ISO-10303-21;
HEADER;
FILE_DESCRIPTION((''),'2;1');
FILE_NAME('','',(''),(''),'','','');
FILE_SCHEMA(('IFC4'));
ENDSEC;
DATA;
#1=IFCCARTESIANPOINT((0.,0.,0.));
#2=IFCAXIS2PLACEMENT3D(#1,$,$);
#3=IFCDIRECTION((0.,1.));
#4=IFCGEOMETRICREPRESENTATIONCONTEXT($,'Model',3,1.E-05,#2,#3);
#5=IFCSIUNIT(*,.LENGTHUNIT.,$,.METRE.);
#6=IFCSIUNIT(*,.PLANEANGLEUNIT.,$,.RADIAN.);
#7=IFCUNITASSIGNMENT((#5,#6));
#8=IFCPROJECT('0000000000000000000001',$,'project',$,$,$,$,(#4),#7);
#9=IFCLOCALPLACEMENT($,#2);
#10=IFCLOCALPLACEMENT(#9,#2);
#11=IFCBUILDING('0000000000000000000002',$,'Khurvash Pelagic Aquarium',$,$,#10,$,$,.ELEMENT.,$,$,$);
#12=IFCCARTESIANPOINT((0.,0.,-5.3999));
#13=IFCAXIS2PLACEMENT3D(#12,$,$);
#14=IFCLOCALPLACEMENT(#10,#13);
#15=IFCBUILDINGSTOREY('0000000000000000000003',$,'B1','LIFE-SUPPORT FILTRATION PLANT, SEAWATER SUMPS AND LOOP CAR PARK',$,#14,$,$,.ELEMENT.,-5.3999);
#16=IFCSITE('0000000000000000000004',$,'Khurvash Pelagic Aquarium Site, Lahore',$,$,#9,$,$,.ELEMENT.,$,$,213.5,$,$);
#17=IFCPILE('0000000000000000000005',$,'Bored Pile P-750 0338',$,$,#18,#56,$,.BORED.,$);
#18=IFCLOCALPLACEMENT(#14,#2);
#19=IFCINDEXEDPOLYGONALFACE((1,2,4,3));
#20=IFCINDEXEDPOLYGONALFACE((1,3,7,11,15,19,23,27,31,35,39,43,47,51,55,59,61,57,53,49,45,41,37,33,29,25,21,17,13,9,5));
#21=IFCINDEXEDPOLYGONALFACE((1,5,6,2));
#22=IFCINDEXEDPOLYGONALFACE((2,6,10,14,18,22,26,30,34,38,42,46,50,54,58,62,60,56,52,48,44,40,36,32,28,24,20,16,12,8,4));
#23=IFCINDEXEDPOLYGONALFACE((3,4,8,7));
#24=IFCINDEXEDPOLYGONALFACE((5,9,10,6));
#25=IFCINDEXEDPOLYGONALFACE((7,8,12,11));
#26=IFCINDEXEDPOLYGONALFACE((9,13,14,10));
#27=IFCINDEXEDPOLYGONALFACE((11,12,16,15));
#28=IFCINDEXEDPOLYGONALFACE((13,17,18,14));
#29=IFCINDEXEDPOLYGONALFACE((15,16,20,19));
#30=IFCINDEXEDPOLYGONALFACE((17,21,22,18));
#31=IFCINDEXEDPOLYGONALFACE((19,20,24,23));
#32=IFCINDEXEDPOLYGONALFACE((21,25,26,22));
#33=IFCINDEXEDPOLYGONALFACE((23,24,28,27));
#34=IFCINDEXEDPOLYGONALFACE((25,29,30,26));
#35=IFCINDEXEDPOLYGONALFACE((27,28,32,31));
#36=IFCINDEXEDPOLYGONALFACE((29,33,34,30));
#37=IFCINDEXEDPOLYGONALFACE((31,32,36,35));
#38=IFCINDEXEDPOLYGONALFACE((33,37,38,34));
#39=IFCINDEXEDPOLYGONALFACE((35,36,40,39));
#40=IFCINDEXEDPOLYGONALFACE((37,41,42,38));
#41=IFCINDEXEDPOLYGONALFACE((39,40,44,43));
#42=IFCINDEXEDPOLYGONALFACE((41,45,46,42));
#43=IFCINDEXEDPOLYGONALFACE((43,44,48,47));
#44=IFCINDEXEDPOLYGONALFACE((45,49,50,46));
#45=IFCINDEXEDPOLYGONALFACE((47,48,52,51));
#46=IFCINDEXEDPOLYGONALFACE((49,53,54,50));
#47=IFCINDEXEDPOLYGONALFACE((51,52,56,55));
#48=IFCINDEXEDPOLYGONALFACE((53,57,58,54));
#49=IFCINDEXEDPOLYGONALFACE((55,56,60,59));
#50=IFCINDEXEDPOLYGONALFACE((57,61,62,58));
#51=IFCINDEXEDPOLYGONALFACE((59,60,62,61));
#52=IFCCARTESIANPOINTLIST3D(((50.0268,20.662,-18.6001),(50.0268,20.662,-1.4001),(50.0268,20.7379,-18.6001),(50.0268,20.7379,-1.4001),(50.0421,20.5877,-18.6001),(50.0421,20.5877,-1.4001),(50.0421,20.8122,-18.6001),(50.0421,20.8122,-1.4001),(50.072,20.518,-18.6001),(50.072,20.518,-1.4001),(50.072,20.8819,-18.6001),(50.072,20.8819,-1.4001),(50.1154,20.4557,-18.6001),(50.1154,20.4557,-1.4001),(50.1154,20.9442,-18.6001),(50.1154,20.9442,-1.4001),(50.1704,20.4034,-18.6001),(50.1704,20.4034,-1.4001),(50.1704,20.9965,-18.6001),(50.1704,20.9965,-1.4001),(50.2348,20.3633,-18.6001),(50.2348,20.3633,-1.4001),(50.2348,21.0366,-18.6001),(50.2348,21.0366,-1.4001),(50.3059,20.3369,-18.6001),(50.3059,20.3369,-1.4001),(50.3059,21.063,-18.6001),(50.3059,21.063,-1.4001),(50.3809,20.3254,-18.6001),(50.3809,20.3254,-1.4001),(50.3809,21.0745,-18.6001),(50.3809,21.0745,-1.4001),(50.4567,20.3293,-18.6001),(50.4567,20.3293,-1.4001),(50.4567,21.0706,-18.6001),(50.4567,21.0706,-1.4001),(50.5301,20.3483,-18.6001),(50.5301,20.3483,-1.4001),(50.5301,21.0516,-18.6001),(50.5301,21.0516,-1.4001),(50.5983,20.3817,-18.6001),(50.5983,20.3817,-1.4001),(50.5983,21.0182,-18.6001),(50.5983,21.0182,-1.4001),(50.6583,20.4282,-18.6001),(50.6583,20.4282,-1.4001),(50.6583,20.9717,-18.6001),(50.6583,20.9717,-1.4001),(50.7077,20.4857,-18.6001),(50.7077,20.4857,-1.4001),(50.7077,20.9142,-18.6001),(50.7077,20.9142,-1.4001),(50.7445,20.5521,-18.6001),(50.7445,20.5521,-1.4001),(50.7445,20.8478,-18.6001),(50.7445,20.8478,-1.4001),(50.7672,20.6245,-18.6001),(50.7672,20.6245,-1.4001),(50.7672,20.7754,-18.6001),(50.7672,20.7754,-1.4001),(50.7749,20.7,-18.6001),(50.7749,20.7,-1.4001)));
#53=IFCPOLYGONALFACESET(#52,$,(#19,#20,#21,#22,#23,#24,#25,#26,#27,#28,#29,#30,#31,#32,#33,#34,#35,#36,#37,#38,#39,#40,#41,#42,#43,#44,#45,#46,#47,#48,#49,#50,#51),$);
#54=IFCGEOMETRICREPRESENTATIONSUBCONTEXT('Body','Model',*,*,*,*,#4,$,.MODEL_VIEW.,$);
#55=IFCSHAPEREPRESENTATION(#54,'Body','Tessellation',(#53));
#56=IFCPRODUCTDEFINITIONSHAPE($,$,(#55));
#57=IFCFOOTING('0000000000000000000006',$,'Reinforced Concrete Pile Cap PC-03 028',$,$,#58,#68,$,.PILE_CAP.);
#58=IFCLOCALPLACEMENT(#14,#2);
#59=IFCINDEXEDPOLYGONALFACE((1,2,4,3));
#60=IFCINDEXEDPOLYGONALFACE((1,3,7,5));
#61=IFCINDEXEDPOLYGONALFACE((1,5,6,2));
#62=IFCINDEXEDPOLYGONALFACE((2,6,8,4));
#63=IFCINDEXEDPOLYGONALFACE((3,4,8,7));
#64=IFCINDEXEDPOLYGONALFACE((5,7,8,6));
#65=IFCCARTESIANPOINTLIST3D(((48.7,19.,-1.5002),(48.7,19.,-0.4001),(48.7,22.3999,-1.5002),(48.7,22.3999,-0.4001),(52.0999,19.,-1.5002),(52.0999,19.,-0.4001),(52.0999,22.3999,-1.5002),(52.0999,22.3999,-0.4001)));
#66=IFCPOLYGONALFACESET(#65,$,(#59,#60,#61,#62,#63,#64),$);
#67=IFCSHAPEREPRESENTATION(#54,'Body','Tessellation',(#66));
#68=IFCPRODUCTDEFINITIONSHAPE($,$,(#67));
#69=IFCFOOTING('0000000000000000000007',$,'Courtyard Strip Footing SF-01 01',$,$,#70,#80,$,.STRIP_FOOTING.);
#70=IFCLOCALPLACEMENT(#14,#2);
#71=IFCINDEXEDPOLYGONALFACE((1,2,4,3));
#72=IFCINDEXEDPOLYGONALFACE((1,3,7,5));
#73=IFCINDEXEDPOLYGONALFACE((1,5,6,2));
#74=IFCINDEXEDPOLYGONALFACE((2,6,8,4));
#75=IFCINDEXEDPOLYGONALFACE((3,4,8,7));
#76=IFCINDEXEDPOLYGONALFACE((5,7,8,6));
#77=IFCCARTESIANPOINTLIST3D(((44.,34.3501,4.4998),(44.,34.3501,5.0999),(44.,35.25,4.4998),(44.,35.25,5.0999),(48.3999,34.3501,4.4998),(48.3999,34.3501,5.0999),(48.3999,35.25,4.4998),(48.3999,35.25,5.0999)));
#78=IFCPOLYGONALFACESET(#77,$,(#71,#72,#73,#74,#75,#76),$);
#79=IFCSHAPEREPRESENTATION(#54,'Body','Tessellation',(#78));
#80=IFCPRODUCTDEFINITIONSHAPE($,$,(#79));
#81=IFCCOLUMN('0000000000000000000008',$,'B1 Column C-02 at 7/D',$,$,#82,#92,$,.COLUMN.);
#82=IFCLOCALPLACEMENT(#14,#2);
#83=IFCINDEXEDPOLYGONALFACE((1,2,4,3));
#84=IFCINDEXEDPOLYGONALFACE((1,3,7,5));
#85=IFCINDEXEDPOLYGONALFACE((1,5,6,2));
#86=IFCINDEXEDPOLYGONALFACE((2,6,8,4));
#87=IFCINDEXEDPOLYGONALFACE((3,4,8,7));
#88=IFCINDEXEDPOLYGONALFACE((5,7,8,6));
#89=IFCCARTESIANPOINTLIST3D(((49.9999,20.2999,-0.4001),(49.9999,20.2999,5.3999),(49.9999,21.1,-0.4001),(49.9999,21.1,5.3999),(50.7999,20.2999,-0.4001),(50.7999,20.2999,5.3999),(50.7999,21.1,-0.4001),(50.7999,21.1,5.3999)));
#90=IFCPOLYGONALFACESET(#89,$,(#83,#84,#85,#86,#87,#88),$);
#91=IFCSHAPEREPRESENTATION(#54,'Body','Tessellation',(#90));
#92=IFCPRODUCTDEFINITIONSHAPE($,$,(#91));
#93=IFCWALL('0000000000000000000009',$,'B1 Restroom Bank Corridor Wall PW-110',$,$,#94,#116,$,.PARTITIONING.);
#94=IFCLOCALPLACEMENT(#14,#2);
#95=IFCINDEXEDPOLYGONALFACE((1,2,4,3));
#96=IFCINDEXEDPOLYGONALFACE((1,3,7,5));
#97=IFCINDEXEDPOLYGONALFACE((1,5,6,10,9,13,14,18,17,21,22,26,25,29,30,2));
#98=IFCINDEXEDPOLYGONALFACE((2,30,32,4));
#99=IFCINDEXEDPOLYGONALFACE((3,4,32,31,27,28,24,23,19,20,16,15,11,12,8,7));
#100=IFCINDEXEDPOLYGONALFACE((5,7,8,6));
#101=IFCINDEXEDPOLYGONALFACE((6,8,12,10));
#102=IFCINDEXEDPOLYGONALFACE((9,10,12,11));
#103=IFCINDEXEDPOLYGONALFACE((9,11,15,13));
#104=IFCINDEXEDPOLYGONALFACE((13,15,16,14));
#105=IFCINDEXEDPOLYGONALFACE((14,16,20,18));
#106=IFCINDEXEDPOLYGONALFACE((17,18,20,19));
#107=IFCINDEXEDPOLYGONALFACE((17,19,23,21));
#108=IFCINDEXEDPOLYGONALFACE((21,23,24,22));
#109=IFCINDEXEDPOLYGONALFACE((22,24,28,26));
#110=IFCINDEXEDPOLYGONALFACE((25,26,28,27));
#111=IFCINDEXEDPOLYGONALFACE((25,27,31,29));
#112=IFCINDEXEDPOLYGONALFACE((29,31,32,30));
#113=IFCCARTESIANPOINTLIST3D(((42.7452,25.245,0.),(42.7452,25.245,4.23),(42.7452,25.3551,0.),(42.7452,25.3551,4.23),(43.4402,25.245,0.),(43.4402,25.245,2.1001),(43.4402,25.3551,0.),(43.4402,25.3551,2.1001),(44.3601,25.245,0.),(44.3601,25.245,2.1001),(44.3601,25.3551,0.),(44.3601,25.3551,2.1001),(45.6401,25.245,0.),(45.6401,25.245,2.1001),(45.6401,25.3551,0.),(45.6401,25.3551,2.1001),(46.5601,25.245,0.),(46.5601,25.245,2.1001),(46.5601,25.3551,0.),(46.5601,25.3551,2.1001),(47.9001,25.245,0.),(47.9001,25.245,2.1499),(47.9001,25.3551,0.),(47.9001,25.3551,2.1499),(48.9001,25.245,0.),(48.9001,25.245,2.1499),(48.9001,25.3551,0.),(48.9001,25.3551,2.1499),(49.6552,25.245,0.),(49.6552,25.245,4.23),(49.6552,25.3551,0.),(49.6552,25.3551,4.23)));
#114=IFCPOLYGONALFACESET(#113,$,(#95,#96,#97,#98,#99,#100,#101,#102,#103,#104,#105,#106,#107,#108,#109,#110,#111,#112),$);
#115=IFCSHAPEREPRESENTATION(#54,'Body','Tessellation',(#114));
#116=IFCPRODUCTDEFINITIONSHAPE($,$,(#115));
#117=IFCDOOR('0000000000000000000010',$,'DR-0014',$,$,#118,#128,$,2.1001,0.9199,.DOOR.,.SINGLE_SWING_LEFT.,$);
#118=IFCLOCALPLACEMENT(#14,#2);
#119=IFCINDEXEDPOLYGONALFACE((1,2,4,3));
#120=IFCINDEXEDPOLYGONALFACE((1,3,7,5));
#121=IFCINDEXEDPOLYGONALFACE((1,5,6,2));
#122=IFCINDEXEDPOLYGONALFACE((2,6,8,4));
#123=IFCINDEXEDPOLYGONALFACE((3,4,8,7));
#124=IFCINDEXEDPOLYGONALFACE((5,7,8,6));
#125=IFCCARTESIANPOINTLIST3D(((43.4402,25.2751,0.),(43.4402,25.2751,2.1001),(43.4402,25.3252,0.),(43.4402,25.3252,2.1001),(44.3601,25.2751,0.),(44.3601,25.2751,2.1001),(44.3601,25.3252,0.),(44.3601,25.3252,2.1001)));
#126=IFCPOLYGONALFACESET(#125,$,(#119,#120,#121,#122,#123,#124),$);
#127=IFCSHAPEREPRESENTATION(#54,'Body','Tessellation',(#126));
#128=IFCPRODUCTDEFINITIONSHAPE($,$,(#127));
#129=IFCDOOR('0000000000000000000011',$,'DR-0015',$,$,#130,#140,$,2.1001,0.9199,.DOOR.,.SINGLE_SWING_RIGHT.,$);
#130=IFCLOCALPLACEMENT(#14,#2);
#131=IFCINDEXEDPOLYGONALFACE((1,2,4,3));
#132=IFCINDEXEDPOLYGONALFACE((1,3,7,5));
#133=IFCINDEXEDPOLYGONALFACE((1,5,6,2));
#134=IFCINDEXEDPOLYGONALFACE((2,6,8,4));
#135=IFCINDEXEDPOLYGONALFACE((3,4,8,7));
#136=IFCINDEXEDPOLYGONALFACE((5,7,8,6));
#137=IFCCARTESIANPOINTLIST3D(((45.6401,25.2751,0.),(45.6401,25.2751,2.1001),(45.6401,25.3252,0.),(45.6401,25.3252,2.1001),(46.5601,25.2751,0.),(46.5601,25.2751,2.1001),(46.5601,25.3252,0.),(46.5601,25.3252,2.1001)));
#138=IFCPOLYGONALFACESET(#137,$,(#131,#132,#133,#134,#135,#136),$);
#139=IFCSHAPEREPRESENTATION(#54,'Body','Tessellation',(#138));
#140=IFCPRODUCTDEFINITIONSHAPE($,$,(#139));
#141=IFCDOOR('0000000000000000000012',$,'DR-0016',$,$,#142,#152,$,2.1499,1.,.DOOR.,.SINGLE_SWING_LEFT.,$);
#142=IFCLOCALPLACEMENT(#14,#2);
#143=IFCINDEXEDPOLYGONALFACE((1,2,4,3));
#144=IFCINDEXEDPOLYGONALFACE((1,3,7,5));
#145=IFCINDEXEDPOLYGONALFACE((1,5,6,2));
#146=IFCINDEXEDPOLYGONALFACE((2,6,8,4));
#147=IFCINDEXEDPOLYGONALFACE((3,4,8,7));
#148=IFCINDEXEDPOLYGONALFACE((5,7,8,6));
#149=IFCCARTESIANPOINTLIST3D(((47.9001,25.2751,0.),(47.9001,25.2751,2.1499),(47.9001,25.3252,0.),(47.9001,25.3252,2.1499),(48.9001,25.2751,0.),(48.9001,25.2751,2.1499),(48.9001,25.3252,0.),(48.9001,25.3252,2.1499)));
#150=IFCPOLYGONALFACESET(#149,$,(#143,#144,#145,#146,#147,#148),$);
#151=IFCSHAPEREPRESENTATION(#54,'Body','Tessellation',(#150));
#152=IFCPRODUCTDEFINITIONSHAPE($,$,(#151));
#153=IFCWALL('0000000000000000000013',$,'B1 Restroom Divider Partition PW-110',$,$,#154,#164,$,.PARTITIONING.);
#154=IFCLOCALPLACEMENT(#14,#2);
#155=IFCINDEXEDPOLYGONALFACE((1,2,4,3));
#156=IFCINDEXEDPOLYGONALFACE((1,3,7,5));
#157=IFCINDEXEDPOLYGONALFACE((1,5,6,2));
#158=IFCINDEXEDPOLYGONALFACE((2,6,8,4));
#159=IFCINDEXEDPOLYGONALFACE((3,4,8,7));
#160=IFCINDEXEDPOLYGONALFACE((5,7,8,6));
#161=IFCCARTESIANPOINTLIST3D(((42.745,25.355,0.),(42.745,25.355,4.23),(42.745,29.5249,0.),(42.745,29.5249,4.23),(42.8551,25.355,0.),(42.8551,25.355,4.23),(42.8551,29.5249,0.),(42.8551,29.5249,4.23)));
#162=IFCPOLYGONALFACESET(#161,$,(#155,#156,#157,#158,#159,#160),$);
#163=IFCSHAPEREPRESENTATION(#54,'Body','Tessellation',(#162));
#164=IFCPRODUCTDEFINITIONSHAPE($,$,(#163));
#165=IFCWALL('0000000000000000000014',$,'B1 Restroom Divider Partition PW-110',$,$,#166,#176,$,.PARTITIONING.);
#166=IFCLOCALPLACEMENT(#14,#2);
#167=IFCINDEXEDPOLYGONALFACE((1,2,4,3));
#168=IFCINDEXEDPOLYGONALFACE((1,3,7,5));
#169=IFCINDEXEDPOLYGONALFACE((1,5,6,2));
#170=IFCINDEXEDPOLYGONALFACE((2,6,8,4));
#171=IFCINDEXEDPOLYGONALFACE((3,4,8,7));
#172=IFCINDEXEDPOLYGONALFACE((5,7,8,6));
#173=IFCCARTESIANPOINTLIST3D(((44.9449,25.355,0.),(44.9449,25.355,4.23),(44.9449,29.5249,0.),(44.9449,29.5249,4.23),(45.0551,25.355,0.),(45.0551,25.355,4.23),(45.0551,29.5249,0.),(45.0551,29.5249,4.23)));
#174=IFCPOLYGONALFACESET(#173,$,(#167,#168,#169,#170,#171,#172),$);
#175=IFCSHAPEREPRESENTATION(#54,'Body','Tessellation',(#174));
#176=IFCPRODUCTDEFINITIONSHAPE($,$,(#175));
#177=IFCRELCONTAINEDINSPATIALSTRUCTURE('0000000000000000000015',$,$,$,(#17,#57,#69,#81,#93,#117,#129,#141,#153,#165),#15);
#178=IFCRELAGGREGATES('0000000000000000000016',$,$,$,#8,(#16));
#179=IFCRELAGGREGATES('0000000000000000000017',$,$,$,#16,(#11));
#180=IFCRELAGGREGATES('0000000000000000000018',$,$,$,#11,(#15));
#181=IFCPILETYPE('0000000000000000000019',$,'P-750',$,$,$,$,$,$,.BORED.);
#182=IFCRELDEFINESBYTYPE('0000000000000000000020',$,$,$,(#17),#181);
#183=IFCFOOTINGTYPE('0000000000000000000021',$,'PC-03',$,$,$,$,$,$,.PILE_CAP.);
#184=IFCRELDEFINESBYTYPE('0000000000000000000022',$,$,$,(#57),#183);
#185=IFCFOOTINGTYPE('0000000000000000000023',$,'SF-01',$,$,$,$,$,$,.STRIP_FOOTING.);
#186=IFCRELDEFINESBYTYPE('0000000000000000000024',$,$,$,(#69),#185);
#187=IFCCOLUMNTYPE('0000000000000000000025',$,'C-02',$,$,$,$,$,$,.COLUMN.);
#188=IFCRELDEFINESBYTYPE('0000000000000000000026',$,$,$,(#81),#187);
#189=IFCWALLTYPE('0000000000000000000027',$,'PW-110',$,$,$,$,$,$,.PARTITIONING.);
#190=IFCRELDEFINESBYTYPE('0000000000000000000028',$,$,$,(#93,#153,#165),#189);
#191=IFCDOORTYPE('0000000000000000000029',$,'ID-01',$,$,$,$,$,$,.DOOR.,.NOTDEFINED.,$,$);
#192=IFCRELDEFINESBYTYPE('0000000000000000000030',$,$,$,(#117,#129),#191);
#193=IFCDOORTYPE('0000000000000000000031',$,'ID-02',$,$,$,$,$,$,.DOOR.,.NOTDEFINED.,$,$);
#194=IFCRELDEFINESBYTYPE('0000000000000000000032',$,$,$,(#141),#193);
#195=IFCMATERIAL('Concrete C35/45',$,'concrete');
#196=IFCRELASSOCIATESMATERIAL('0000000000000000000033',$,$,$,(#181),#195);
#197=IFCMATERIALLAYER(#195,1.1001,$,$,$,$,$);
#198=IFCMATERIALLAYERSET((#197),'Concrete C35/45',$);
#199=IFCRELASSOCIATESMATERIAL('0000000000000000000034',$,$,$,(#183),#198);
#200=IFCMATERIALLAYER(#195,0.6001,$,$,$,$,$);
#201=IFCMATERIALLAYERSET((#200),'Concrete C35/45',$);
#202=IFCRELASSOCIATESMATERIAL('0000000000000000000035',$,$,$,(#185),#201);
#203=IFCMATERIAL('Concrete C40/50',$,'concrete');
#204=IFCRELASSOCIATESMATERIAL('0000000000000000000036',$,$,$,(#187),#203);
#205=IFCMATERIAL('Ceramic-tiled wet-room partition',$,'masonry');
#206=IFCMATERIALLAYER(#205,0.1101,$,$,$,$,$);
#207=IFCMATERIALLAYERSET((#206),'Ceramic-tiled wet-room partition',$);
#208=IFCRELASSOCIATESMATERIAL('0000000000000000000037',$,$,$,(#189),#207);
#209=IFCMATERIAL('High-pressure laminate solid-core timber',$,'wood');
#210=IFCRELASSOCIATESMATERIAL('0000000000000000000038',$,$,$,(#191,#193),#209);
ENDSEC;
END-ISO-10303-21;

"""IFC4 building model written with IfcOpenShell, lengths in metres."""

from ifc_helpers import new_model, si_unit, direction, frame, frame_2d, origin, origin_2d, place, context, subcontext, project, spatial, rectangle, circle, extrude, material, layer, layer_set, material_profile, profile_set, type_object, element, fill, save


model = new_model("IFC4")

# Units and contexts
model_context = context("Model", 3, precision=1e-05, world=origin(), true_north=direction((0.0, 1.0)))
body_context = subcontext(model_context, "Body", "Model", "MODEL_VIEW")
ifc_project = project(units=[si_unit("LENGTHUNIT", "METRE"), si_unit("PLANEANGLEUNIT", "RADIAN")], contexts=[model_context])

# Site, building, storey
site_placement = place(None, origin())
site = spatial("IfcSite", under=ifc_project, at=site_placement, Name="Khurvash Pelagic Aquarium Site, Lahore", CompositionType="ELEMENT", RefElevation=213.5)
building_placement = place(site_placement, origin())
building = spatial("IfcBuilding", under=site, at=building_placement, Name="Khurvash Pelagic Aquarium", CompositionType="ELEMENT")
storey_placement = place(building_placement, frame((0.0, 0.0, -5.3999)))
storey = spatial("IfcBuildingStorey", under=building, at=storey_placement, Name="B1", Description="LIFE-SUPPORT FILTRATION PLANT, SEAWATER SUMPS AND LOOP CAR PARK", CompositionType="ELEMENT", Elevation=-5.3999)

# Shared definitions
ifc_material_1 = material(Name="Concrete C35/45", Category="concrete")

# Pile
ifc_material_profile_1 = material_profile(ifc_material_1, circle(Radius=0.375, at=origin_2d()), Name="PILE750")
ifc_profile_set_1 = profile_set([ifc_material_profile_1], Name="Concrete C35/45")
pile_type = type_object("IfcPileType", Name="P-750", PredefinedType="BORED", material=ifc_profile_set_1)
for number, where, z_axis, x_axis, name in (
    (1, (50.3999, 20.7, -1.4001), (0.0, 0.0, -1.0), (1.0, 0.0, 0.0), "Bored Pile P-750 0338"),
):
    element("IfcPile", number, at=place(storey_placement, frame(where, z_axis=z_axis, x_axis=x_axis)), inside=storey, type_object=pile_type, Name=name, PredefinedType="BORED", context=body_context, shape_type="SweptSolid", body=[
        extrude(circle(Radius=0.375, at=origin_2d()), origin(), (0.0, 0.0, 1.0), 17.2),
    ])

# Footings
ifc_layer_1 = layer(ifc_material_1, 1.1001)
ifc_layer_set_1 = layer_set([ifc_layer_1], Name="Concrete C35/45")
footing_type_1 = type_object("IfcFootingType", Name="PC-03", PredefinedType="PILE_CAP", material=ifc_layer_set_1)
footing_1_placement = place(storey_placement, frame((50.3999, 20.7, -1.5002), z_axis=(0.0, 0.0, 1.0), x_axis=(1.0, 0.0, 0.0)))
element("IfcFooting", 2, at=footing_1_placement, inside=storey, type_object=footing_type_1, Name="Reinforced Concrete Pile Cap PC-03 028", PredefinedType="PILE_CAP", context=body_context, shape_type="SweptSolid", body=[
    extrude(rectangle(XDim=3.3999, YDim=3.3999, at=origin_2d()), origin(), (0.0, 0.0, 1.0), 1.1001),
])
ifc_layer_2 = layer(ifc_material_1, 0.6001)
ifc_layer_set_2 = layer_set([ifc_layer_2], Name="Concrete C35/45")
footing_type_2 = type_object("IfcFootingType", Name="SF-01", PredefinedType="STRIP_FOOTING", material=ifc_layer_set_2)
footing_2_placement = place(storey_placement, frame((46.2, 34.8, 4.4998), z_axis=(0.0, 0.0, 1.0), x_axis=(1.0, 0.0, 0.0)))
element("IfcFooting", 3, at=footing_2_placement, inside=storey, type_object=footing_type_2, Name="Courtyard Strip Footing SF-01 01", PredefinedType="STRIP_FOOTING", context=body_context, shape_type="SweptSolid", body=[
    extrude(rectangle(XDim=4.3999, YDim=0.8999, at=origin_2d()), origin(), (0.0, 0.0, 1.0), 0.6001),
])

# Column
ifc_material_2 = material(Name="Concrete C40/50", Category="concrete")
ifc_material_profile_2 = material_profile(ifc_material_2, rectangle(XDim=0.8, YDim=0.8, at=origin_2d()), Name="RC800X800")
ifc_profile_set_2 = profile_set([ifc_material_profile_2], Name="Concrete C40/50")
column_type = type_object("IfcColumnType", Name="C-02", PredefinedType="COLUMN", material=ifc_profile_set_2)
column_placement = place(storey_placement, frame((50.3999, 20.7, -0.4001), z_axis=(0.0, 0.0, 1.0), x_axis=(1.0, 0.0, 0.0)))
element("IfcColumn", 4, at=column_placement, inside=storey, type_object=column_type, Name="B1 Column C-02 at 7/D", PredefinedType="COLUMN", context=body_context, shape_type="SweptSolid", body=[
    extrude(rectangle(XDim=0.8, YDim=0.8, at=origin_2d()), origin(), (0.0, 0.0, 1.0), 5.8),
])

# Wall, openings, doors
ifc_material_3 = material(Name="Ceramic-tiled wet-room partition", Category="masonry")
ifc_layer_3 = layer(ifc_material_3, 0.1101)
ifc_layer_set_3 = layer_set([ifc_layer_3], Name="Ceramic-tiled wet-room partition")
wall_type_1 = type_object("IfcWallType", Name="PW-110", PredefinedType="PARTITIONING", material=ifc_layer_set_3)
wall_1_placement = place(storey_placement, frame((42.7451, 25.3, 0.0), z_axis=(0.0, 0.0, 1.0), x_axis=(1.0, 0.0, 0.0)))
wall_1 = element("IfcWall", 5, at=wall_1_placement, inside=storey, type_object=wall_type_1, Name="B1 Restroom Bank Corridor Wall PW-110", PredefinedType="PARTITIONING", context=body_context, shape_type="SweptSolid", body=[
    extrude(rectangle(XDim=6.9099, YDim=0.1101, at=frame_2d((3.4551, 0.0))), origin(), (0.0, 0.0, 1.0), 4.23),
])
opening_1_placement = place(wall_1_placement, frame((0.6951, 0.0, 0.0)))
opening_1 = element("IfcOpeningElement", 6, at=opening_1_placement, cuts=wall_1, PredefinedType="OPENING", context=body_context, shape_type="SweptSolid", body=[
    extrude(rectangle(XDim=0.9199, YDim=2.1001, at=frame_2d((0.46, 1.05))), frame((0.0, 0.0649, 0.0), z_axis=(0.0, -1.0, 0.0), x_axis=(1.0, 0.0, 0.0)), (0.0, 0.0, 1.0), 0.1301),
])
opening_2_placement = place(wall_1_placement, frame((2.895, 0.0, 0.0)))
opening_2 = element("IfcOpeningElement", 7, at=opening_2_placement, cuts=wall_1, PredefinedType="OPENING", context=body_context, shape_type="SweptSolid", body=[
    extrude(rectangle(XDim=0.9199, YDim=2.1001, at=frame_2d((0.46, 1.05))), frame((0.0, 0.0649, 0.0), z_axis=(0.0, -1.0, 0.0), x_axis=(1.0, 0.0, 0.0)), (0.0, 0.0, 1.0), 0.1301),
])
opening_3_placement = place(wall_1_placement, frame((5.155, 0.0, 0.0)))
opening_3 = element("IfcOpeningElement", 8, at=opening_3_placement, cuts=wall_1, PredefinedType="OPENING", context=body_context, shape_type="SweptSolid", body=[
    extrude(rectangle(XDim=1.0, YDim=2.1499, at=frame_2d((0.5, 1.075))), frame((0.0, 0.0649, 0.0), z_axis=(0.0, -1.0, 0.0), x_axis=(1.0, 0.0, 0.0)), (0.0, 0.0, 1.0), 0.1301),
])
ifc_material_4 = material(Name="High-pressure laminate solid-core timber", Category="wood")
door_type_1 = type_object("IfcDoorType", Name="ID-01", OperationType="NOTDEFINED", PredefinedType="DOOR", material=ifc_material_4)
door_1_placement = place(opening_1_placement, frame((0.9199, 0.0, 0.0), z_axis=(0.0, 0.0, 1.0), x_axis=(-1.0, 0.0, 0.0)))
door_1 = element("IfcDoor", 9, at=door_1_placement, inside=storey, type_object=door_type_1, Name="DR-0014", OperationType="SINGLE_SWING_LEFT", OverallHeight=2.1001, OverallWidth=0.9199, PredefinedType="DOOR", context=body_context, shape_type="SweptSolid", body=[
    extrude(rectangle(XDim=0.9199, YDim=2.1001, at=frame_2d((0.46, 1.05))), frame((0.0, 0.0249, 0.0), z_axis=(0.0, -1.0, 0.0), x_axis=(1.0, 0.0, 0.0)), (0.0, 0.0, 1.0), 0.05),
])
fill(opening_1, door_1)
door_2_placement = place(opening_2_placement, frame((0.9199, 0.0, 0.0), z_axis=(0.0, 0.0, 1.0), x_axis=(-1.0, 0.0, 0.0)))
door_2 = element("IfcDoor", 10, at=door_2_placement, inside=storey, type_object=door_type_1, Name="DR-0015", OperationType="SINGLE_SWING_RIGHT", OverallHeight=2.1001, OverallWidth=0.9199, PredefinedType="DOOR", context=body_context, shape_type="SweptSolid", body=[
    extrude(rectangle(XDim=0.9199, YDim=2.1001, at=frame_2d((0.46, 1.05))), frame((0.0, 0.0249, 0.0), z_axis=(0.0, -1.0, 0.0), x_axis=(1.0, 0.0, 0.0)), (0.0, 0.0, 1.0), 0.05),
])
fill(opening_2, door_2)
door_type_2 = type_object("IfcDoorType", Name="ID-02", OperationType="NOTDEFINED", PredefinedType="DOOR", material=ifc_material_4)
door_3_placement = place(opening_3_placement, frame((1.0, 0.0, 0.0), z_axis=(0.0, 0.0, 1.0), x_axis=(-1.0, 0.0, 0.0)))
door_3 = element("IfcDoor", 11, at=door_3_placement, inside=storey, type_object=door_type_2, Name="DR-0016", OperationType="SINGLE_SWING_LEFT", OverallHeight=2.1499, OverallWidth=1.0, PredefinedType="DOOR", context=body_context, shape_type="SweptSolid", body=[
    extrude(rectangle(XDim=1.0, YDim=2.1499, at=frame_2d((0.5, 1.075))), frame((0.0, 0.0249, 0.0), z_axis=(0.0, -1.0, 0.0), x_axis=(1.0, 0.0, 0.0)), (0.0, 0.0, 1.0), 0.05),
])
fill(opening_3, door_3)

# Walls
for number, where, z_axis, x_axis, name in (
    (12, (42.8, 25.355, 0.0), (0.0, 0.0, 1.0), (0.0, 1.0, 0.0), "B1 Restroom Divider Partition PW-110"),
    (13, (45.0, 25.355, 0.0), (0.0, 0.0, 1.0), (0.0, 1.0, 0.0), "B1 Restroom Divider Partition PW-110"),
):
    element("IfcWall", number, at=place(storey_placement, frame(where, z_axis=z_axis, x_axis=x_axis)), inside=storey, type_object=wall_type_1, Name=name, PredefinedType="PARTITIONING", context=body_context, shape_type="SweptSolid", body=[
        extrude(rectangle(XDim=4.1699, YDim=0.1101, at=frame_2d((2.085, 0.0))), origin(), (0.0, 0.0, 1.0), 4.23),
    ])

save(model, "model.ifc")
